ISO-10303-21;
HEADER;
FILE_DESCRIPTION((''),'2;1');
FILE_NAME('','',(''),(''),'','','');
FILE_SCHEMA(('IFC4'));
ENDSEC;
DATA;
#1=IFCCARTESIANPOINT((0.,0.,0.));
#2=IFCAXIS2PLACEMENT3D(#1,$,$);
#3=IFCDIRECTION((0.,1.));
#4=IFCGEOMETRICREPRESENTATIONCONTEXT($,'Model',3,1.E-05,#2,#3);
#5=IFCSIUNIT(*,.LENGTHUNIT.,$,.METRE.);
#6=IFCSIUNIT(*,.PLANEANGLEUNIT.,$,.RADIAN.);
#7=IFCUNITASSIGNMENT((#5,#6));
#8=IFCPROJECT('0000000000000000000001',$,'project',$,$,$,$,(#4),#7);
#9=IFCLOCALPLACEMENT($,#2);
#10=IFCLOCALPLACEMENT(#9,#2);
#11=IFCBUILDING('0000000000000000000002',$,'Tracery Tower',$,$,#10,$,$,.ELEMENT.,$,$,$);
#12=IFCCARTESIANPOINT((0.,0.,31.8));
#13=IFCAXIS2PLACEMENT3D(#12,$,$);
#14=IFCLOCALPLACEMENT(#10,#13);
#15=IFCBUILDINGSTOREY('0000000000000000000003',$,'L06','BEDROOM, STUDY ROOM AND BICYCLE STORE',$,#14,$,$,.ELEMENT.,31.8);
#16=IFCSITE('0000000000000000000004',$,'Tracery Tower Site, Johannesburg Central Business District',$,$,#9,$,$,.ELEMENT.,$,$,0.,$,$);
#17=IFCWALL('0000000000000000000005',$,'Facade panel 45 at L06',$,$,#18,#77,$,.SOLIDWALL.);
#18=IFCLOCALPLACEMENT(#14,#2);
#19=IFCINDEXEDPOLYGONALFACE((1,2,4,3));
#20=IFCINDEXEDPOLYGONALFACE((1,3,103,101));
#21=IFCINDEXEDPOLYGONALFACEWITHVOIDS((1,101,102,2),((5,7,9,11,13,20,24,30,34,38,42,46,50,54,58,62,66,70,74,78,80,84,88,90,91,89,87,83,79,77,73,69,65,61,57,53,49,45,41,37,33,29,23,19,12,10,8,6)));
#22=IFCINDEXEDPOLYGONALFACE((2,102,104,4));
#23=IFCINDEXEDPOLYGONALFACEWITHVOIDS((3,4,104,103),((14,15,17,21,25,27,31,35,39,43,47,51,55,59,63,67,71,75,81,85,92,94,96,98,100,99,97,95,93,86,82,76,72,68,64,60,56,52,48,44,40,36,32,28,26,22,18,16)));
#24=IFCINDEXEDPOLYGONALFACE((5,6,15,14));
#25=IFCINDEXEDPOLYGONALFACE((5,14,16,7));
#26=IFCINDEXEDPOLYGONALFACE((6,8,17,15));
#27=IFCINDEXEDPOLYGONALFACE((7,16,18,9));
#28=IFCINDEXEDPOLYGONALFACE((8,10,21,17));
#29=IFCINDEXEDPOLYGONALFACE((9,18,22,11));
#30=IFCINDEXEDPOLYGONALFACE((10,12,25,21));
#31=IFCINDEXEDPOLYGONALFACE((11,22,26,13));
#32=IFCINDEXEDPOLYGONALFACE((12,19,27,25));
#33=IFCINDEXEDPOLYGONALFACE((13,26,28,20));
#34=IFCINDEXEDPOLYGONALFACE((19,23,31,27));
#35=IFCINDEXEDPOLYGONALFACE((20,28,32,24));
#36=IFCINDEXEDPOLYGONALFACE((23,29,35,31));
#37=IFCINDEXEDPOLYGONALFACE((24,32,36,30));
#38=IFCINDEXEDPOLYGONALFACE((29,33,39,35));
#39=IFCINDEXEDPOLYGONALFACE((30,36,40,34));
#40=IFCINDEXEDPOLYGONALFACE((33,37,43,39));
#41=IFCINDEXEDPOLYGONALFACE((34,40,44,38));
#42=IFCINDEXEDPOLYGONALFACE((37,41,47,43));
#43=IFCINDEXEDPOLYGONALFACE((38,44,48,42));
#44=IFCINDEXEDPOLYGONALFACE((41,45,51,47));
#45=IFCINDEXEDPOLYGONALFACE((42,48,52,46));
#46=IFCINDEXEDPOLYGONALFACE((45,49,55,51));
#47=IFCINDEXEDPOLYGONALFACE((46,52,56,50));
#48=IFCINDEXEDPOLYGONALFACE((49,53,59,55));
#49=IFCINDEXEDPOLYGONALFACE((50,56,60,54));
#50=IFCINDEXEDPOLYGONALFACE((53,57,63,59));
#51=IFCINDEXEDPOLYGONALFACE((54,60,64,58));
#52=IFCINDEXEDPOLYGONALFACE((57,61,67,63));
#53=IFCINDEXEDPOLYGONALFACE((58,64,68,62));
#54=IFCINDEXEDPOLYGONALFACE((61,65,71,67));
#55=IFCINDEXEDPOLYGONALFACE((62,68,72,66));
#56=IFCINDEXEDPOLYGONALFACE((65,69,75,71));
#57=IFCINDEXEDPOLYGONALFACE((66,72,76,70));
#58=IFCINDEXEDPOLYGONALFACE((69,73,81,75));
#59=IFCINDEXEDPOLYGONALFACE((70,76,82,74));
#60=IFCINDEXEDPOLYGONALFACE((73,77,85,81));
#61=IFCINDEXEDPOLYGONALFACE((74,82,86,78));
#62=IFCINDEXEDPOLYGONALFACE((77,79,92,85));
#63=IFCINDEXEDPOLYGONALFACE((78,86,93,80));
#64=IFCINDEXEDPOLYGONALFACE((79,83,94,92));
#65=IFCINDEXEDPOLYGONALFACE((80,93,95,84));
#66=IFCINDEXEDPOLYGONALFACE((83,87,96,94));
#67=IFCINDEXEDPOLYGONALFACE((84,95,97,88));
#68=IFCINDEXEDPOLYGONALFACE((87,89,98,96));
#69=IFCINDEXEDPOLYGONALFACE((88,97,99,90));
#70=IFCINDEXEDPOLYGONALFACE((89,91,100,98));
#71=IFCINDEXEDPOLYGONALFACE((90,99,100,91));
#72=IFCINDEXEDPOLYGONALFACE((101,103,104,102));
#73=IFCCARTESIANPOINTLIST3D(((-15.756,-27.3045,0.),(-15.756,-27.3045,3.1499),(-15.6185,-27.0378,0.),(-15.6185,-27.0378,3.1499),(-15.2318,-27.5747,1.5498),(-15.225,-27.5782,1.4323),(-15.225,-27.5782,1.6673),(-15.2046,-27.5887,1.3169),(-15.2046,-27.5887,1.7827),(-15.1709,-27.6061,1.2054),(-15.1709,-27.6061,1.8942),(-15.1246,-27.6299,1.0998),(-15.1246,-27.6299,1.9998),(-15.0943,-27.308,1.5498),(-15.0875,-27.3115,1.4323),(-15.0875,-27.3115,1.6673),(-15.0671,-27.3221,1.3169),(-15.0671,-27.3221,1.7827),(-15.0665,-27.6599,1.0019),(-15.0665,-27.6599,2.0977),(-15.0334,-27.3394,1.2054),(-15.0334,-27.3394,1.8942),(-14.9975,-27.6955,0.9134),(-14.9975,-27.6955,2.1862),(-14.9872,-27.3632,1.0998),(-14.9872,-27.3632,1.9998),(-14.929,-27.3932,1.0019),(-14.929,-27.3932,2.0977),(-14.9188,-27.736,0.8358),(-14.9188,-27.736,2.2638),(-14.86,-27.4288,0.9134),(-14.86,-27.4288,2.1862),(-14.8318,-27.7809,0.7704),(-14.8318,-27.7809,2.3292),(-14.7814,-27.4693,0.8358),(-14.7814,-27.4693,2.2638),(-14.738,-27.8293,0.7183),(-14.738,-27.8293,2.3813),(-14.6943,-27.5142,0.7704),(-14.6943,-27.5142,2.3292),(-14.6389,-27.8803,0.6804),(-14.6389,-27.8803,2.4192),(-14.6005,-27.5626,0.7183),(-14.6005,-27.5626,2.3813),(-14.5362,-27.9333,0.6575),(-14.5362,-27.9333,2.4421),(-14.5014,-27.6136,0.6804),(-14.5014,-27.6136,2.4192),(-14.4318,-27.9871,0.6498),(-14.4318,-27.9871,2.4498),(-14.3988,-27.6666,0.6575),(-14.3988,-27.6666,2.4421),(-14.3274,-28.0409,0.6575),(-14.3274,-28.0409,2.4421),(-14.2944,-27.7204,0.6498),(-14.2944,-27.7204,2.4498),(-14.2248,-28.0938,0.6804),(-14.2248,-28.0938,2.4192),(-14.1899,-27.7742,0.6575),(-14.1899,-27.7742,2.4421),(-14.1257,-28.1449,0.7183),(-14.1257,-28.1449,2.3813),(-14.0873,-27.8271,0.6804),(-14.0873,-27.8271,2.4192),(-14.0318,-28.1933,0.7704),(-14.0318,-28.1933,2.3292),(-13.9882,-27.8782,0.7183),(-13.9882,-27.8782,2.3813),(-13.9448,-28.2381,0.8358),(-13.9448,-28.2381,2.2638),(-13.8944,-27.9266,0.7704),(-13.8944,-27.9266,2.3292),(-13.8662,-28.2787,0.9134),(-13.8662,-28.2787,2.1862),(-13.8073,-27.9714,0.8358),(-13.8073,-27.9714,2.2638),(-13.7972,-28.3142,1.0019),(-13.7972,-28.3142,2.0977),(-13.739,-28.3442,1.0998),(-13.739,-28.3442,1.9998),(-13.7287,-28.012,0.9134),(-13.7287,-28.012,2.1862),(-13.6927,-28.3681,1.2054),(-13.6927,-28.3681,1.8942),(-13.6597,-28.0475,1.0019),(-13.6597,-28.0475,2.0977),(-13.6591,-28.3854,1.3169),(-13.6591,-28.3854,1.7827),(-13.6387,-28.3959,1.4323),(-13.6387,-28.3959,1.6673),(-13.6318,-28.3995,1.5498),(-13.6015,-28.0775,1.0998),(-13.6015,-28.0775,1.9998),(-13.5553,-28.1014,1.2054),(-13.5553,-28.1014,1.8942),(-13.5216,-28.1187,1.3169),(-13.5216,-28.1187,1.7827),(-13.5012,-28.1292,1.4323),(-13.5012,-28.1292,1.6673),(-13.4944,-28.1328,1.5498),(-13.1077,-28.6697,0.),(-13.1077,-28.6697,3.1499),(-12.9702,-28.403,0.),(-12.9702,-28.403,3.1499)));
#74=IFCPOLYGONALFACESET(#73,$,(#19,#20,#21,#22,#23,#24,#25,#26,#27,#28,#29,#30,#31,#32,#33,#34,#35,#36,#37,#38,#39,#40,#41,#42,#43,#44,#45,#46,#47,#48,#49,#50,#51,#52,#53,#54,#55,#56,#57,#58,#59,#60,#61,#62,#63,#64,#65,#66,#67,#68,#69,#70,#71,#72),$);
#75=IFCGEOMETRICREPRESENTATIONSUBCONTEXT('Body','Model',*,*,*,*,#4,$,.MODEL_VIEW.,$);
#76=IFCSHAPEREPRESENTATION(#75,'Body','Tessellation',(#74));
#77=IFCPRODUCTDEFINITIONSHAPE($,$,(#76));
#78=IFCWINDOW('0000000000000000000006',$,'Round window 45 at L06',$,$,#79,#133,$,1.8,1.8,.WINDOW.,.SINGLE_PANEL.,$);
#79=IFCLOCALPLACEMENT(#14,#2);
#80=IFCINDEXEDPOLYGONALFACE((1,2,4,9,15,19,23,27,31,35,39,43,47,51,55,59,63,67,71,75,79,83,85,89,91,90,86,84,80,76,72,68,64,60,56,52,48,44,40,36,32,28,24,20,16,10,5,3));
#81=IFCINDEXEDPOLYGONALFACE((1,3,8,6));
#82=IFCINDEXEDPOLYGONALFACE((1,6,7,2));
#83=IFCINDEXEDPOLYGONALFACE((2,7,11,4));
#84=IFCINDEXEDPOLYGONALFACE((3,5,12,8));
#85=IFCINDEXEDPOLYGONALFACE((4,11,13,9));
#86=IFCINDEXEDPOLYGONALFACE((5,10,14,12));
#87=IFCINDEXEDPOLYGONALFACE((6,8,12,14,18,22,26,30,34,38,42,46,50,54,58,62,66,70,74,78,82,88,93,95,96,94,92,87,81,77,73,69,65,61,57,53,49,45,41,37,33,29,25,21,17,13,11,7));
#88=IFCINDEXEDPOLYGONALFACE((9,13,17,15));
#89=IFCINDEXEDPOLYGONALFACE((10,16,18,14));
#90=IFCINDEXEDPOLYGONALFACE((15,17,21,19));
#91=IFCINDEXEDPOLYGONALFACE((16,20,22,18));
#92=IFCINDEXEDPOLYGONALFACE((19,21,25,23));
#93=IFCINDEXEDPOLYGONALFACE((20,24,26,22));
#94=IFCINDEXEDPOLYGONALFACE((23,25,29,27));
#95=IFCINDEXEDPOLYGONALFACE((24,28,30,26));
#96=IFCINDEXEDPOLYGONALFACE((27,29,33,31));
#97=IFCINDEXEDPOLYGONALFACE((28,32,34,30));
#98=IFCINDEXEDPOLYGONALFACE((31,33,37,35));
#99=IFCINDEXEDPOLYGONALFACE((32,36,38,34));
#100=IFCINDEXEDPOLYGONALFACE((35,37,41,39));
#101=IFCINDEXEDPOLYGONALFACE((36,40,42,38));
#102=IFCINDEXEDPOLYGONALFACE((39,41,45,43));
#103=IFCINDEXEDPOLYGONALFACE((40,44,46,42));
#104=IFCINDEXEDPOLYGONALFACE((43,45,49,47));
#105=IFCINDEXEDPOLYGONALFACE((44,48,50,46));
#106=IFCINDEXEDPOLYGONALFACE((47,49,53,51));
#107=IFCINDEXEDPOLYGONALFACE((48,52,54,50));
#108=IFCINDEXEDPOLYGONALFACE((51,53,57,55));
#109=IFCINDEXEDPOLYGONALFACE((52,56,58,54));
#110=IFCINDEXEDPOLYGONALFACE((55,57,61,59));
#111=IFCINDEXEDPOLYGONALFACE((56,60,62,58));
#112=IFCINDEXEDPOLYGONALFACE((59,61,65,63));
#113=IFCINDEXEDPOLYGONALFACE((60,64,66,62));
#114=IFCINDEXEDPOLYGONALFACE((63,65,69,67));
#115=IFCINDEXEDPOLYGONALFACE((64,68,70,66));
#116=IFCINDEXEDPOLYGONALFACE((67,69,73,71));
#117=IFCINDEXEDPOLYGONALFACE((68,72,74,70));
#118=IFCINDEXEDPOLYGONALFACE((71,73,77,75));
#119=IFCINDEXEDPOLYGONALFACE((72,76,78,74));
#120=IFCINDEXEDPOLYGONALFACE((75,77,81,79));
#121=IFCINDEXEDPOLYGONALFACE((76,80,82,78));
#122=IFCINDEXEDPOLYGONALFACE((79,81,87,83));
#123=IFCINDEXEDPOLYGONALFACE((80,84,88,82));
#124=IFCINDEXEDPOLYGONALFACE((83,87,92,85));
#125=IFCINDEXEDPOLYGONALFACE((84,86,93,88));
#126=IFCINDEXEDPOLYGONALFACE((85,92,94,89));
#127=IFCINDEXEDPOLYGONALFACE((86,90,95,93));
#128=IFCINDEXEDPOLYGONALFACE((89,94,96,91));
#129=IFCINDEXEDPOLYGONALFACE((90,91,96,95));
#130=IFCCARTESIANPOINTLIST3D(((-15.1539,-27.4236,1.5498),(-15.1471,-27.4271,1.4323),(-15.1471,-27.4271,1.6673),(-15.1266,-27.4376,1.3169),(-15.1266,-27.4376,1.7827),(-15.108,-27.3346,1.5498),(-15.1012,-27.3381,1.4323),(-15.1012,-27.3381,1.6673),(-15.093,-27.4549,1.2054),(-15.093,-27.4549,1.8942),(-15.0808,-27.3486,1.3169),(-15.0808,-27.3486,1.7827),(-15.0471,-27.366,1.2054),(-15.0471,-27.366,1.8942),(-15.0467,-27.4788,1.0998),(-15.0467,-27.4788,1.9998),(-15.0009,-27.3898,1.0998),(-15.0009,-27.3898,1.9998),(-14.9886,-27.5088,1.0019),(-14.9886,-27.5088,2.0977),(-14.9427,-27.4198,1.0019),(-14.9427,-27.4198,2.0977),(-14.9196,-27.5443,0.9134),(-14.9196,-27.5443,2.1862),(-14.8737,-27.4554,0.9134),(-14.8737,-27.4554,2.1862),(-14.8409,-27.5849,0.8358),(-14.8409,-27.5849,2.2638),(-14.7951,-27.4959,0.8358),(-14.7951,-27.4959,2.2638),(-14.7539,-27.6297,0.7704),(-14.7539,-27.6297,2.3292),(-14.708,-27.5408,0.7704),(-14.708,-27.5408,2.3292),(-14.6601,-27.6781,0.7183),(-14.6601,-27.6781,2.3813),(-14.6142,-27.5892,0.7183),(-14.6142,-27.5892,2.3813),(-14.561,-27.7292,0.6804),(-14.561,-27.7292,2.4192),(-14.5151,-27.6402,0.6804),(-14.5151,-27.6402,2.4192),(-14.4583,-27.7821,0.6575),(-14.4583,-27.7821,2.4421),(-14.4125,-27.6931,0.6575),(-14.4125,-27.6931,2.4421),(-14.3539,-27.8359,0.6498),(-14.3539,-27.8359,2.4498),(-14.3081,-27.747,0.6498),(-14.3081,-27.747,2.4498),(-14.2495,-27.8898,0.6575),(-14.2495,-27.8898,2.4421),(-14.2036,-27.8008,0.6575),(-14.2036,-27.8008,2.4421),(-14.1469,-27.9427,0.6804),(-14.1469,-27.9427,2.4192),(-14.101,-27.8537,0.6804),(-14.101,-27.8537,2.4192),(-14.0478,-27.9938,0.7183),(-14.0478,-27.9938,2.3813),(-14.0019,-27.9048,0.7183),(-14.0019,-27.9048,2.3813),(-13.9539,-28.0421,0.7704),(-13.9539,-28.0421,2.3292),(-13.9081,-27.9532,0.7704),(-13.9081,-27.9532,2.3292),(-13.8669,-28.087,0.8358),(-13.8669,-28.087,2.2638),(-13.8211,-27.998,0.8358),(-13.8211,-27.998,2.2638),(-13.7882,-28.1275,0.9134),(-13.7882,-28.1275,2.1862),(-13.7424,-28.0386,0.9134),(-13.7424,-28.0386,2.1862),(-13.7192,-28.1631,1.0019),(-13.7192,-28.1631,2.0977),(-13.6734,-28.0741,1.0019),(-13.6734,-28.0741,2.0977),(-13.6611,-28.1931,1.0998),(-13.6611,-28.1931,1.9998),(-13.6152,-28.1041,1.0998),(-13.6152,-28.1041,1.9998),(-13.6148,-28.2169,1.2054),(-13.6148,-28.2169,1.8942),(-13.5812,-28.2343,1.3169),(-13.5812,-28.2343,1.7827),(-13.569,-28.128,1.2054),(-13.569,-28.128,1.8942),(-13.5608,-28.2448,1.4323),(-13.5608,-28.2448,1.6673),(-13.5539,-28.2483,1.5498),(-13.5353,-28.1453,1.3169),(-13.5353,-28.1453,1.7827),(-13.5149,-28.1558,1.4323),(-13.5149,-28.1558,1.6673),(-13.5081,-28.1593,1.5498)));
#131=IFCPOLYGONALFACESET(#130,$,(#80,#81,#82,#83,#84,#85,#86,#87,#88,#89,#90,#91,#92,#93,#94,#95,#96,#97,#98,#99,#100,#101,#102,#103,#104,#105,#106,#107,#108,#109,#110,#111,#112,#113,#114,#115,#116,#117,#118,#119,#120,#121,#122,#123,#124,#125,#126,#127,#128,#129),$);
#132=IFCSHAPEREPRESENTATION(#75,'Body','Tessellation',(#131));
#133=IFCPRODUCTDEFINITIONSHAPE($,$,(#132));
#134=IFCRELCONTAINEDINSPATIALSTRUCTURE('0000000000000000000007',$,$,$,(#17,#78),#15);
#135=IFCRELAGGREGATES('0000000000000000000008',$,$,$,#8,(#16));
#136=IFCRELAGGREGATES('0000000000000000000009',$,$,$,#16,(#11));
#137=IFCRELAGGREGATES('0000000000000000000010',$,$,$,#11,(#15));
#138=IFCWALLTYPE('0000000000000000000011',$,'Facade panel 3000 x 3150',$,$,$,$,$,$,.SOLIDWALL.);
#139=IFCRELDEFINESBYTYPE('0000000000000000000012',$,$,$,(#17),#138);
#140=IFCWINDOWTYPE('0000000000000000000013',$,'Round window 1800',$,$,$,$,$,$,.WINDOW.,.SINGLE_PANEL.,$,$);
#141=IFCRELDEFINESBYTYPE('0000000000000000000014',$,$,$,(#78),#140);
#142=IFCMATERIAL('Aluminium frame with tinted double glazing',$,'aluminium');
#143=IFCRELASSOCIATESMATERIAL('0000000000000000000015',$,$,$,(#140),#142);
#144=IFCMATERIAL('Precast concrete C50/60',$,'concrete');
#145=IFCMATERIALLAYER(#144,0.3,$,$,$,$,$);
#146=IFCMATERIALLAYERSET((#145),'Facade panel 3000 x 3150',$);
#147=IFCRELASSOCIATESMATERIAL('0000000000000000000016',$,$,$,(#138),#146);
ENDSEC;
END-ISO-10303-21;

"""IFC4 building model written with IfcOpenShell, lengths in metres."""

from ifc_helpers import new_model, si_unit, direction, frame, frame_2d, origin, origin_2d, place, context, subcontext, project, spatial, rectangle, circle, extrude, material, layer, layer_set, type_object, element, fill, save


model = new_model("IFC4")

# Units and contexts
model_context = context("Model", 3, precision=1e-05, world=origin(), true_north=direction((0.0, 1.0)))
body_context = subcontext(model_context, "Body", "Model", "MODEL_VIEW")
ifc_project = project(units=[si_unit("LENGTHUNIT", "METRE"), si_unit("PLANEANGLEUNIT", "RADIAN")], contexts=[model_context])

# Site, building, storey
site_placement = place(None, origin())
site = spatial("IfcSite", under=ifc_project, at=site_placement, Name="Tracery Tower Site, Johannesburg Central Business District", CompositionType="ELEMENT", RefElevation=0.0)
building_placement = place(site_placement, origin())
building = spatial("IfcBuilding", under=site, at=building_placement, Name="Tracery Tower", CompositionType="ELEMENT")
storey_placement = place(building_placement, frame((0.0, 0.0, 31.8)))
storey = spatial("IfcBuildingStorey", under=building, at=storey_placement, Name="L06", Description="BEDROOM, STUDY ROOM AND BICYCLE STORE", CompositionType="ELEMENT", Elevation=31.8)

# Wall, opening, window
ifc_material_1 = material(Name="Aluminium frame with tinted double glazing", Category="aluminium")
window_type = type_object("IfcWindowType", Name="Round window 1800", PartitioningType="SINGLE_PANEL", PredefinedType="WINDOW", material=ifc_material_1)
ifc_material_2 = material(Name="Precast concrete C50/60", Category="concrete")
ifc_layer_1 = layer(ifc_material_2, 0.3)
ifc_layer_set_1 = layer_set([ifc_layer_1], Name="Facade panel 3000 x 3150")
wall_type_1 = type_object("IfcWallType", Name="Facade panel 3000 x 3150", PredefinedType="SOLIDWALL", material=ifc_layer_set_1)
wall_1_placement = place(storey_placement, frame((-15.6873, -27.1711, 0.0), z_axis=(0.0, 0.0, 1.0), x_axis=(0.888853, -0.458192, 0.0)))
wall_1 = element("IfcWall", 1, at=wall_1_placement, inside=storey, type_object=wall_type_1, Name="Facade panel 45 at L06", PredefinedType="SOLIDWALL", context=body_context, shape_type="SweptSolid", body=[
    extrude(rectangle(XDim=2.9795, YDim=0.3, at=frame_2d((1.4897, 0.0))), origin(), (0.0, 0.0, 1.0), 3.1499),
])
opening_1_placement = place(wall_1_placement, frame((1.4897, 0.0, 1.5498)))
opening_1 = element("IfcOpeningElement", 2, at=opening_1_placement, cuts=wall_1, PredefinedType="OPENING", context=body_context, shape_type="SweptSolid", body=[
    extrude(circle(Radius=0.9, at=origin_2d()), frame((0.0, 0.1599, 0.0), z_axis=(0.0, -1.0, 0.0), x_axis=(1.0, 0.0, 0.0)), (0.0, 0.0, 1.0), 0.3201),
])
window_1_placement = place(opening_1_placement, origin())
window_1 = element("IfcWindow", 3, at=window_1_placement, inside=storey, type_object=window_type, Name="Round window 45 at L06", OverallHeight=1.8, OverallWidth=1.8, PartitioningType="SINGLE_PANEL", PredefinedType="WINDOW", context=body_context, shape_type="SweptSolid", body=[
    extrude(circle(Radius=0.9, at=origin_2d()), frame((0.0, 0.1201, 0.0), z_axis=(0.0, -1.0, 0.0), x_axis=(1.0, 0.0, 0.0)), (0.0, 0.0, 1.0), 0.1001),
])
fill(opening_1, window_1)

save(model, "model.ifc")
